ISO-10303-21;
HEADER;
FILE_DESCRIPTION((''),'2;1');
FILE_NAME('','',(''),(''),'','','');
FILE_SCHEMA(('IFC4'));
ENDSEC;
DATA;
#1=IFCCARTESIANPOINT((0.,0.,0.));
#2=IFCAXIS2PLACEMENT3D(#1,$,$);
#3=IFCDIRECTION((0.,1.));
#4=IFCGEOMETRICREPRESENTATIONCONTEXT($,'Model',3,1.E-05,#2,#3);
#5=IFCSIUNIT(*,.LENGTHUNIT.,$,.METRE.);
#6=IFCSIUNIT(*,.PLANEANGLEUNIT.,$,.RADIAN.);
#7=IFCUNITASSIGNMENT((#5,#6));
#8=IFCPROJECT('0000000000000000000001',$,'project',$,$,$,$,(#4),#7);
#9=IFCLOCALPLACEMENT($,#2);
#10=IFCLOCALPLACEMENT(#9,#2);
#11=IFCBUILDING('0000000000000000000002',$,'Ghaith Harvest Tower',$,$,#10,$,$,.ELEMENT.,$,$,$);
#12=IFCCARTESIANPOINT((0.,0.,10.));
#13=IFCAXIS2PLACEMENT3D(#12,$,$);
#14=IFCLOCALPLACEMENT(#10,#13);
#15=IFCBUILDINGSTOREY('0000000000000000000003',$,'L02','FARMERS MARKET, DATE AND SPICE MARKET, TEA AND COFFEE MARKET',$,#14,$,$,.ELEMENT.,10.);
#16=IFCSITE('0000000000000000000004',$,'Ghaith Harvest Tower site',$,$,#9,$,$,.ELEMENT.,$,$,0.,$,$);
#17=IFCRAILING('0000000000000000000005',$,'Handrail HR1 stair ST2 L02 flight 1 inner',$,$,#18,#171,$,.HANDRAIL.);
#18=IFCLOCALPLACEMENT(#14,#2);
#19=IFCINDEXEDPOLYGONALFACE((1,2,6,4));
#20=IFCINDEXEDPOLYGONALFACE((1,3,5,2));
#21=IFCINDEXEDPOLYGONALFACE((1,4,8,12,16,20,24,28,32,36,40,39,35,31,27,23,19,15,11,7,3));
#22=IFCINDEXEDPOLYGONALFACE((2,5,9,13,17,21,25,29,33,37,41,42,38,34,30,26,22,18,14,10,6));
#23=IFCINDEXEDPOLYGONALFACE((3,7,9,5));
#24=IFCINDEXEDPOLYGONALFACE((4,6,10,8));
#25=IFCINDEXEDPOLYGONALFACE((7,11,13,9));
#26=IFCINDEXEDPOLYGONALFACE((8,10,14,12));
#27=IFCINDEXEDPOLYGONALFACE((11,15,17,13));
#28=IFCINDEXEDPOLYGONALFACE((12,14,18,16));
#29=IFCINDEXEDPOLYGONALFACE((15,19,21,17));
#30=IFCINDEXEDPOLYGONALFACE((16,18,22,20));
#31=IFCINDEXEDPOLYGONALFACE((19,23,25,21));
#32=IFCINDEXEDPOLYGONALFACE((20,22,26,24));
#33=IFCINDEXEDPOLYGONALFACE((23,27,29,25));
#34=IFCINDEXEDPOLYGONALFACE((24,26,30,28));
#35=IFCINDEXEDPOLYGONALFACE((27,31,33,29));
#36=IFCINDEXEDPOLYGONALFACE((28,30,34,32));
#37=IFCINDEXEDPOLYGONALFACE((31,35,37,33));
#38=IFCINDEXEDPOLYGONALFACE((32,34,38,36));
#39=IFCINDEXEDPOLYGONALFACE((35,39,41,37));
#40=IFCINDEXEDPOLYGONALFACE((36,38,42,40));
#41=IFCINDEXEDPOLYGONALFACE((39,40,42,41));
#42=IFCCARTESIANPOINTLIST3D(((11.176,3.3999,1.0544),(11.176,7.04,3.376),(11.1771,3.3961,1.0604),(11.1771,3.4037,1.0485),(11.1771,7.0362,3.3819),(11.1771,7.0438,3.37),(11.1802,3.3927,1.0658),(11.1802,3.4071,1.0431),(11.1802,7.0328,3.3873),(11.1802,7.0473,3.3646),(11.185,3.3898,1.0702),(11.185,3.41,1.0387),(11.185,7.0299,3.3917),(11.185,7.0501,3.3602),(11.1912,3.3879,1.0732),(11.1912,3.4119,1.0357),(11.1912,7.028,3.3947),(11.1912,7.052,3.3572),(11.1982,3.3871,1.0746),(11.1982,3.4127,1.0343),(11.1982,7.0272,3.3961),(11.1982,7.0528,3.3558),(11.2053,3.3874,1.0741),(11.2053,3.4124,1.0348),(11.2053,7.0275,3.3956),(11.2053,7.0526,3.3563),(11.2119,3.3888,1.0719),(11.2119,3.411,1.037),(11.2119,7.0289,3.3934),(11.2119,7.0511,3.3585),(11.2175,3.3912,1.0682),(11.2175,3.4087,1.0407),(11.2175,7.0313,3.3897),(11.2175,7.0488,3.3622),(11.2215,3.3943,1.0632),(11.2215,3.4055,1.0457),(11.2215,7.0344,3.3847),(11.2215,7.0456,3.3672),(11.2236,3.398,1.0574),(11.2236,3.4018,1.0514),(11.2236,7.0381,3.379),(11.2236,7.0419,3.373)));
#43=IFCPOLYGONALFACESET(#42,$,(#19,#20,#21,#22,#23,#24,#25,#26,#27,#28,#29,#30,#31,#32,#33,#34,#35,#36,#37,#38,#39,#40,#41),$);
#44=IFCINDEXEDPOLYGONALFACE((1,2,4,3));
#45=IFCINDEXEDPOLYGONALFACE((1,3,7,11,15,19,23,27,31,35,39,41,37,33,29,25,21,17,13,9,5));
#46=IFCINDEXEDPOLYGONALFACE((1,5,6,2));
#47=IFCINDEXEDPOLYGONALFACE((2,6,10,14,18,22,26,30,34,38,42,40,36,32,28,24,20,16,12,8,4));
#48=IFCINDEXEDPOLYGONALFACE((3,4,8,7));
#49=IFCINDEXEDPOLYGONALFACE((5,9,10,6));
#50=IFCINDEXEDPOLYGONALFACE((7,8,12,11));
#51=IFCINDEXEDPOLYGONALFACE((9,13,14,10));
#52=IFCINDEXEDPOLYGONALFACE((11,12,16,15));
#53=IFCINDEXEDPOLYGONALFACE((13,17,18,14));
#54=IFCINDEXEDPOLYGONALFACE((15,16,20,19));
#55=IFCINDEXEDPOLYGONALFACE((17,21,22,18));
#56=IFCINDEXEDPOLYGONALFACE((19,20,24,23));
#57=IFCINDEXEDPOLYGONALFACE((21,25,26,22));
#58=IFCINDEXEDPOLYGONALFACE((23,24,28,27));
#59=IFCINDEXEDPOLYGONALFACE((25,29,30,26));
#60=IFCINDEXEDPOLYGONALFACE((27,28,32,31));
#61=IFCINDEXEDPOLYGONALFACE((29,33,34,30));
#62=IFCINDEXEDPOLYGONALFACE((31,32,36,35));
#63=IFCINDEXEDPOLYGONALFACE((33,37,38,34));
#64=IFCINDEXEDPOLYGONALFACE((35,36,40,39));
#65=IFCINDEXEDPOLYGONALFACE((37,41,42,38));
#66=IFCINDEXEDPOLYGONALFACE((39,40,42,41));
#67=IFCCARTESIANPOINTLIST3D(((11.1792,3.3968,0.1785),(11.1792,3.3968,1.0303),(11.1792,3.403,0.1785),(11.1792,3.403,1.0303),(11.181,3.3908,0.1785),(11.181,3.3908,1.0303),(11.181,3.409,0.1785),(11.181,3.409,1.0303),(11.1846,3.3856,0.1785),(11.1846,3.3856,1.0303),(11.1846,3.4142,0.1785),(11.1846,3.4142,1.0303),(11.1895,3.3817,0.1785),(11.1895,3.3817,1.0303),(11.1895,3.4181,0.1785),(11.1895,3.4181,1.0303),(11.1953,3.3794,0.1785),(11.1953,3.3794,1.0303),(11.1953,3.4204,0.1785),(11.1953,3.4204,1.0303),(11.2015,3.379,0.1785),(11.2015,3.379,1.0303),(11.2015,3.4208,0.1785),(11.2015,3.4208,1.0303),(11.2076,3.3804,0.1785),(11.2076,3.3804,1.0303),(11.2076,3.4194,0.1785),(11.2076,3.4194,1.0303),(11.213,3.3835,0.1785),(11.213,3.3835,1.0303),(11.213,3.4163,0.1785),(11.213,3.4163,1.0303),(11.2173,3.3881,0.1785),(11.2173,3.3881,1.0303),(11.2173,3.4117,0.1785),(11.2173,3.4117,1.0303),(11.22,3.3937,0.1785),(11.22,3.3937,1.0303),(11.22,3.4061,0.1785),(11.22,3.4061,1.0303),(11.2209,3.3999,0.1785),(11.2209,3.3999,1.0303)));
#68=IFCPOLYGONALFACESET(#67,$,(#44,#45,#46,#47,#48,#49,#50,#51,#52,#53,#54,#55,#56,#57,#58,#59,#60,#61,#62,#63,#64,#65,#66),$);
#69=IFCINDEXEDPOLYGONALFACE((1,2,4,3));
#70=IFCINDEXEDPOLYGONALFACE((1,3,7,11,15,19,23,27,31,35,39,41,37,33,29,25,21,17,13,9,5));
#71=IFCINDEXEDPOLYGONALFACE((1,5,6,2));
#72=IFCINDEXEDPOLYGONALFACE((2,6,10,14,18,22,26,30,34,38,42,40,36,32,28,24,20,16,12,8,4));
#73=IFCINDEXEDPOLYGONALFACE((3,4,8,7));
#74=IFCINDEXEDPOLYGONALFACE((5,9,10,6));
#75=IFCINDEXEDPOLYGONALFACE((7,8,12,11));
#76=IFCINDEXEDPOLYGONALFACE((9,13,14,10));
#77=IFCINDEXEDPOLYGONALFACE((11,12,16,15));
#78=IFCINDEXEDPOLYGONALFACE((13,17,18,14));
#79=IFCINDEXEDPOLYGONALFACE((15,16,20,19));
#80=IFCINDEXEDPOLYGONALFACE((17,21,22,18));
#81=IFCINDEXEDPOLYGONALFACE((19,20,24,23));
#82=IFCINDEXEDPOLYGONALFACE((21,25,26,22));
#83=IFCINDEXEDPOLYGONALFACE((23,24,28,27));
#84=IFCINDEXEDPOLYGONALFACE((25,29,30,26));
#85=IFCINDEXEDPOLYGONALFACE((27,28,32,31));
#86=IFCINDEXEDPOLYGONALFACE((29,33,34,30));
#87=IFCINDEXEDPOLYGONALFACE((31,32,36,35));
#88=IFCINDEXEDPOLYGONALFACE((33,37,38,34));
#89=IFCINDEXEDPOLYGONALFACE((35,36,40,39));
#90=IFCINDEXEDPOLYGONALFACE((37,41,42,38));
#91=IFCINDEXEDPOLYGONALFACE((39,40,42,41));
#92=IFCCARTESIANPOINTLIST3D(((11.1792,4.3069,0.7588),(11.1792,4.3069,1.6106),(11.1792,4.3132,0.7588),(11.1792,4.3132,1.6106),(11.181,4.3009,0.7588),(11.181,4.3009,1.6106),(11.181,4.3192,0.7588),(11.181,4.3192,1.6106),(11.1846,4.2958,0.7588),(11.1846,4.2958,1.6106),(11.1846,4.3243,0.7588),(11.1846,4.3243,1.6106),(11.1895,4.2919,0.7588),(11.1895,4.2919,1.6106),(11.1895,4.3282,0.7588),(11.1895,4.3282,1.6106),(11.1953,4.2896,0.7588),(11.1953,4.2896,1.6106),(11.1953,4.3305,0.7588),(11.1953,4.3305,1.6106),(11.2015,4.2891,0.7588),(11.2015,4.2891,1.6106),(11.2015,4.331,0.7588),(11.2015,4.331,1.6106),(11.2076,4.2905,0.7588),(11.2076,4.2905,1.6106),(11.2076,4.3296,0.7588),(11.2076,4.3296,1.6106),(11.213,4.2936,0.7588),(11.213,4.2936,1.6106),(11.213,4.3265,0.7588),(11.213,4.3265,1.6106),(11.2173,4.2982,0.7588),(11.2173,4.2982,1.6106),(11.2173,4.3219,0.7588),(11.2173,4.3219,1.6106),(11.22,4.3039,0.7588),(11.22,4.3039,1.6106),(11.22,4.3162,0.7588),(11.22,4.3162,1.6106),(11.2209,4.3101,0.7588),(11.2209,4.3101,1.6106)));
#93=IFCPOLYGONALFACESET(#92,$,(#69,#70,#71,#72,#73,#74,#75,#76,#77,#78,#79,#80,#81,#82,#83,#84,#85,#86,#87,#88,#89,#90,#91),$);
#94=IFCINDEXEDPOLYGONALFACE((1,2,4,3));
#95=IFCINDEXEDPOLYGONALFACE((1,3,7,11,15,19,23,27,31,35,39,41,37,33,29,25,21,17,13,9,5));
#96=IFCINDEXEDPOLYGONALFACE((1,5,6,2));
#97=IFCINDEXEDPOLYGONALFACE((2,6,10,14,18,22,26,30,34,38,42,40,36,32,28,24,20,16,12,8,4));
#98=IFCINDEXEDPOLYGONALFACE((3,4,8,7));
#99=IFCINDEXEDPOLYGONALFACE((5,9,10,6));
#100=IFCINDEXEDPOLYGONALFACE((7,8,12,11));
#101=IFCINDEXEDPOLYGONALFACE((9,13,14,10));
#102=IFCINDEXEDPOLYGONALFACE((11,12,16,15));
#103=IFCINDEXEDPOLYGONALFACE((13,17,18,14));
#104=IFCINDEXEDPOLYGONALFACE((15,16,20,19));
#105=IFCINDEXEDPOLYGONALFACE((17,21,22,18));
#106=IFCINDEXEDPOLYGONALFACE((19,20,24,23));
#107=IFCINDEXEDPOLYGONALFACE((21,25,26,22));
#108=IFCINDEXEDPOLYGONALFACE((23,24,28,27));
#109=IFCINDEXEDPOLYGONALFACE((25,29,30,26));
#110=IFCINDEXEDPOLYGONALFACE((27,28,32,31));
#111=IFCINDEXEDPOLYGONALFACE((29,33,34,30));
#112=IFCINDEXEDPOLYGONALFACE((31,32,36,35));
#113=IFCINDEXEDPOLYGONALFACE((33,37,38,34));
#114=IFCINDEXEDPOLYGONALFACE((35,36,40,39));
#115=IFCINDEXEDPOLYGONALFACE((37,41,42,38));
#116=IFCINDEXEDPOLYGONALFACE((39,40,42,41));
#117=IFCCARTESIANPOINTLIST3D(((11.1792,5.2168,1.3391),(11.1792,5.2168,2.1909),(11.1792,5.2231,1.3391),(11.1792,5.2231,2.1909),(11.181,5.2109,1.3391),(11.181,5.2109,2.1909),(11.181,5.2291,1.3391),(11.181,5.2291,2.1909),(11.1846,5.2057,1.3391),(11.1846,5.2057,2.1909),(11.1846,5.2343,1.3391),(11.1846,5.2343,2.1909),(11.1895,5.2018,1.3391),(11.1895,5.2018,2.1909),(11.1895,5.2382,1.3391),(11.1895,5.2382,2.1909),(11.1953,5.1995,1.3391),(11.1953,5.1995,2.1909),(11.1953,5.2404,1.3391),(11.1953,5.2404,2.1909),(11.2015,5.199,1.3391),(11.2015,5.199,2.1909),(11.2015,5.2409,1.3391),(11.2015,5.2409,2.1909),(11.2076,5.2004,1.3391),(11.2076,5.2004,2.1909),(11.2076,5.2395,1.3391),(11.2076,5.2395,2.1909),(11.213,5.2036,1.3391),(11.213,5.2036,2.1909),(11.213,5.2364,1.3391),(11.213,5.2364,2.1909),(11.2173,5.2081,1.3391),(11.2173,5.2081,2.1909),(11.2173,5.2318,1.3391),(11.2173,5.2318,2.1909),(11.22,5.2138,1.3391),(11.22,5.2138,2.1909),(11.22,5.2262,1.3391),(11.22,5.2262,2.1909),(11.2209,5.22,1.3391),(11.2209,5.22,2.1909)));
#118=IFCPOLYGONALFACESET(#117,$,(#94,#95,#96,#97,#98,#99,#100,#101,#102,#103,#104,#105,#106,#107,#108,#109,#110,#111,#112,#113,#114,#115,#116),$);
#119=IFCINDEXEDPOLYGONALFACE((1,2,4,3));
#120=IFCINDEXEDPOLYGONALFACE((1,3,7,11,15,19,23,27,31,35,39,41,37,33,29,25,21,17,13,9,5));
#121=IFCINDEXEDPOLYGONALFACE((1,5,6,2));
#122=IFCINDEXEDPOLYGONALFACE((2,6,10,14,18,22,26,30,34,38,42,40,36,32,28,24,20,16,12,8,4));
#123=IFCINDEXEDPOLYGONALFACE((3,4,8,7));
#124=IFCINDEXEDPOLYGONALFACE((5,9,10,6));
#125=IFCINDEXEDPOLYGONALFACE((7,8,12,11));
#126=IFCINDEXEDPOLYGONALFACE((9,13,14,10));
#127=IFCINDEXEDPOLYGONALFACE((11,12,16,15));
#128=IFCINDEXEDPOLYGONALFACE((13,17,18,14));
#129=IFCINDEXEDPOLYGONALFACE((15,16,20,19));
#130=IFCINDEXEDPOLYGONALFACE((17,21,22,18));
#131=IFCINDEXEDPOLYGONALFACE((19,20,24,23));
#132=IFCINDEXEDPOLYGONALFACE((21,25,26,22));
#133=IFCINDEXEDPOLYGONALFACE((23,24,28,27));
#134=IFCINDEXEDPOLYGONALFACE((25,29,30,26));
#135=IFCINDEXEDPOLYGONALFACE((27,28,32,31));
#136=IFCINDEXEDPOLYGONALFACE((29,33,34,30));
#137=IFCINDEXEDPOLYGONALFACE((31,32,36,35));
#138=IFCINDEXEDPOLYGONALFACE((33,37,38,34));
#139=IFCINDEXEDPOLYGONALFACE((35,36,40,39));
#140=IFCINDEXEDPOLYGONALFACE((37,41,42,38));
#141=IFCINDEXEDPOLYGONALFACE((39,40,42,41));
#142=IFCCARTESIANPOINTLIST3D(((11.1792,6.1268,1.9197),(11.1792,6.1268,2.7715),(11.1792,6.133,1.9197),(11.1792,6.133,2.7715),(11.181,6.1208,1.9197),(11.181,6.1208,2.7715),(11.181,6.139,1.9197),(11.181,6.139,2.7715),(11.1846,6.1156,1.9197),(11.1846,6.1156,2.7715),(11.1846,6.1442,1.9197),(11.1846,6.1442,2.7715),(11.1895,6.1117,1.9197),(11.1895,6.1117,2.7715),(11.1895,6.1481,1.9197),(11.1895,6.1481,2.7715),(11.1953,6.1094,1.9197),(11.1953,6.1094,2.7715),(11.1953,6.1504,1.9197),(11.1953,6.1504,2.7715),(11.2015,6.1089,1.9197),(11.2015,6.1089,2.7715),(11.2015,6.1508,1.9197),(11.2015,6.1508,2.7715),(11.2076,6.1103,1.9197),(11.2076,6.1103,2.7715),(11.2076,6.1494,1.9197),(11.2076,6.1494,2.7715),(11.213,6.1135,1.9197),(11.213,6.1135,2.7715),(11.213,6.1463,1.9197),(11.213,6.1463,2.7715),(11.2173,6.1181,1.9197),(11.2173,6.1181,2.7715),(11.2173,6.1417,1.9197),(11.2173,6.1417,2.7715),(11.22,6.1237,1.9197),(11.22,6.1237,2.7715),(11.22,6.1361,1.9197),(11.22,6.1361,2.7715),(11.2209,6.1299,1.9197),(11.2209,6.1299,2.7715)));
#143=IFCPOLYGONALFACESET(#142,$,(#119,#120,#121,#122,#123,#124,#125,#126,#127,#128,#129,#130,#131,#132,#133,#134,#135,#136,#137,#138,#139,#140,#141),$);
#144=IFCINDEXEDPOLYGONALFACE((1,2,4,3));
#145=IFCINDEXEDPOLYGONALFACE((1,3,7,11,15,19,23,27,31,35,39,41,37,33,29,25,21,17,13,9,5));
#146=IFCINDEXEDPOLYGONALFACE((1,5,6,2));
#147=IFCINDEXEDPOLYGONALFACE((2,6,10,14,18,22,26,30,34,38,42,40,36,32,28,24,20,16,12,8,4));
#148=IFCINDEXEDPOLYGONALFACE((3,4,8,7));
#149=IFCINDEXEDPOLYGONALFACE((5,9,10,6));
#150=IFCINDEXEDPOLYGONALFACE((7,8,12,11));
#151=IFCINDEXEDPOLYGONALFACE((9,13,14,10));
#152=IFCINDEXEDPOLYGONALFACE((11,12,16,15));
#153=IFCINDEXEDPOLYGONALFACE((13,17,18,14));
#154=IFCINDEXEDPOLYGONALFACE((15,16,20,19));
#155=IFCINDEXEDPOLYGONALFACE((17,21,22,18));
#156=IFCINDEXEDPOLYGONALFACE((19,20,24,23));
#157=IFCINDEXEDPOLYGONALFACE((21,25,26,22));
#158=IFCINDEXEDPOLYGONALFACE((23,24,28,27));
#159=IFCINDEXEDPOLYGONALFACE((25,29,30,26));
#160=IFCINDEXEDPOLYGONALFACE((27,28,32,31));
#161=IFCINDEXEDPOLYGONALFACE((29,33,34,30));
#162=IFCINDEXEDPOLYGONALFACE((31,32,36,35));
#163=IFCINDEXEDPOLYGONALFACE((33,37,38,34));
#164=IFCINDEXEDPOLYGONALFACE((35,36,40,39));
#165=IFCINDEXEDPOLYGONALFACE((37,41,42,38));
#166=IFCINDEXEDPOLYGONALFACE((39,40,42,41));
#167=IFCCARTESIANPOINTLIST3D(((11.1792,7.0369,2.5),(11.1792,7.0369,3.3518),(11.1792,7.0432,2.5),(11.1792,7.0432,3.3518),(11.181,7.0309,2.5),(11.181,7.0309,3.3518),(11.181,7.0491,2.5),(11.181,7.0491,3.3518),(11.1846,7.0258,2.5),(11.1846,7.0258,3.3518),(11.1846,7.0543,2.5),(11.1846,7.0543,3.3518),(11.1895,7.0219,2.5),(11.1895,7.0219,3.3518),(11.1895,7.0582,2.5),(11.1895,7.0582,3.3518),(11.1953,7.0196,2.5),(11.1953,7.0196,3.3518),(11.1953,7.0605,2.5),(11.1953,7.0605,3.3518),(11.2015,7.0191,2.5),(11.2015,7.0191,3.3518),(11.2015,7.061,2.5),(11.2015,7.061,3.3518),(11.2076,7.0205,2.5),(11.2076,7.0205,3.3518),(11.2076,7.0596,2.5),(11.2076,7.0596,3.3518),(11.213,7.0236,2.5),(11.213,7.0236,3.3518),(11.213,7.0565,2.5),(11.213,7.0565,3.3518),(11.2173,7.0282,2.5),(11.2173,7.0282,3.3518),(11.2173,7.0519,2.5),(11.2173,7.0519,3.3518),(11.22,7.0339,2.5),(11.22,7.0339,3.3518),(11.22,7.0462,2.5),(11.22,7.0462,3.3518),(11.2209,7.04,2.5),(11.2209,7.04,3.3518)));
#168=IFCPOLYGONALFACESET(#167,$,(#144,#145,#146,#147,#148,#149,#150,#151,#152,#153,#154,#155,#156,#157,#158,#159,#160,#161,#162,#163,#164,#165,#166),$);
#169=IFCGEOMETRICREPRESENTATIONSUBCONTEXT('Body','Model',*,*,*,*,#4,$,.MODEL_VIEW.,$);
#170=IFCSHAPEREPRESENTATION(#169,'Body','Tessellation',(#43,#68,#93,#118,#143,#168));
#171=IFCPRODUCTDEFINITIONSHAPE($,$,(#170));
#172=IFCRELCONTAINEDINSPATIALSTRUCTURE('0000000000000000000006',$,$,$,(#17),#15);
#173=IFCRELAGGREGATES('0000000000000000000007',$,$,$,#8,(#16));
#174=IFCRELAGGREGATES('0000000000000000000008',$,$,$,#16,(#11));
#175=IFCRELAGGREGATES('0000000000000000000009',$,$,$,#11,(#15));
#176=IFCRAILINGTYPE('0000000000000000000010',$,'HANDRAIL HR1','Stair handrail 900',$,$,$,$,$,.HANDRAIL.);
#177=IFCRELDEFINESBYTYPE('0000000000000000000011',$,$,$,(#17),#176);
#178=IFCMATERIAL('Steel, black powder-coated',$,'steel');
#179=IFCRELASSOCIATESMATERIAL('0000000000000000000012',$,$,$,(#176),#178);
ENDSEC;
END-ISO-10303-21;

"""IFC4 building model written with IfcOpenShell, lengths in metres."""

from ifc_helpers import new_model, si_unit, direction, frame, origin, origin_2d, place, context, subcontext, project, spatial, circle, extrude, material, type_object, element, save


model = new_model("IFC4")

# Units and contexts
model_context = context("Model", 3, precision=1e-05, world=origin(), true_north=direction((0.0, 1.0)))
body_context = subcontext(model_context, "Body", "Model", "MODEL_VIEW")
ifc_project = project(units=[si_unit("LENGTHUNIT", "METRE"), si_unit("PLANEANGLEUNIT", "RADIAN")], contexts=[model_context])

# Site, building, storey
site_placement = place(None, origin())
site = spatial("IfcSite", under=ifc_project, at=site_placement, Name="Ghaith Harvest Tower site", CompositionType="ELEMENT", RefElevation=0.0)
building_placement = place(site_placement, origin())
building = spatial("IfcBuilding", under=site, at=building_placement, Name="Ghaith Harvest Tower", CompositionType="ELEMENT")
storey_placement = place(building_placement, frame((0.0, 0.0, 10.0)))
storey = spatial("IfcBuildingStorey", under=building, at=storey_placement, Name="L02", Description="FARMERS MARKET, DATE AND SPICE MARKET, TEA AND COFFEE MARKET", CompositionType="ELEMENT", Elevation=10.0)

# Railing
ifc_material_1 = material(Name="Steel, black powder-coated", Category="steel")
railing_type = type_object("IfcRailingType", Name="HANDRAIL HR1", Description="Stair handrail 900", PredefinedType="HANDRAIL", material=ifc_material_1)
railing_1_placement = place(storey_placement, frame((11.2, 3.3999, 0.1785)))
element("IfcRailing", 1, at=railing_1_placement, inside=storey, type_object=railing_type, Name="Handrail HR1 stair ST2 L02 flight 1 inner", PredefinedType="HANDRAIL", context=body_context, shape_type="SweptSolid", body=[
    extrude(circle(Radius=0.0239, at=origin_2d()), frame((0.0, 0.0, 0.876), z_axis=(0.0, 0.843128, 0.537713), x_axis=(-1.0, 0.0, 0.0)), (0.0, 0.0, 1.0), 4.3174),
    extrude(circle(Radius=0.021, at=origin_2d()), origin(), (0.0, 0.0, 1.0), 0.8518),
    extrude(circle(Radius=0.021, at=origin_2d()), frame((0.0, 0.9102, 0.5803)), (0.0, 0.0, 1.0), 0.8518),
    extrude(circle(Radius=0.021, at=origin_2d()), frame((0.0, 1.8201, 1.1606)), (0.0, 0.0, 1.0), 0.8518),
    extrude(circle(Radius=0.021, at=origin_2d()), frame((0.0, 2.73, 1.7412)), (0.0, 0.0, 1.0), 0.8518),
    extrude(circle(Radius=0.021, at=origin_2d()), frame((0.0, 3.6401, 2.3215)), (0.0, 0.0, 1.0), 0.8518),
])

save(model, "model.ifc")
